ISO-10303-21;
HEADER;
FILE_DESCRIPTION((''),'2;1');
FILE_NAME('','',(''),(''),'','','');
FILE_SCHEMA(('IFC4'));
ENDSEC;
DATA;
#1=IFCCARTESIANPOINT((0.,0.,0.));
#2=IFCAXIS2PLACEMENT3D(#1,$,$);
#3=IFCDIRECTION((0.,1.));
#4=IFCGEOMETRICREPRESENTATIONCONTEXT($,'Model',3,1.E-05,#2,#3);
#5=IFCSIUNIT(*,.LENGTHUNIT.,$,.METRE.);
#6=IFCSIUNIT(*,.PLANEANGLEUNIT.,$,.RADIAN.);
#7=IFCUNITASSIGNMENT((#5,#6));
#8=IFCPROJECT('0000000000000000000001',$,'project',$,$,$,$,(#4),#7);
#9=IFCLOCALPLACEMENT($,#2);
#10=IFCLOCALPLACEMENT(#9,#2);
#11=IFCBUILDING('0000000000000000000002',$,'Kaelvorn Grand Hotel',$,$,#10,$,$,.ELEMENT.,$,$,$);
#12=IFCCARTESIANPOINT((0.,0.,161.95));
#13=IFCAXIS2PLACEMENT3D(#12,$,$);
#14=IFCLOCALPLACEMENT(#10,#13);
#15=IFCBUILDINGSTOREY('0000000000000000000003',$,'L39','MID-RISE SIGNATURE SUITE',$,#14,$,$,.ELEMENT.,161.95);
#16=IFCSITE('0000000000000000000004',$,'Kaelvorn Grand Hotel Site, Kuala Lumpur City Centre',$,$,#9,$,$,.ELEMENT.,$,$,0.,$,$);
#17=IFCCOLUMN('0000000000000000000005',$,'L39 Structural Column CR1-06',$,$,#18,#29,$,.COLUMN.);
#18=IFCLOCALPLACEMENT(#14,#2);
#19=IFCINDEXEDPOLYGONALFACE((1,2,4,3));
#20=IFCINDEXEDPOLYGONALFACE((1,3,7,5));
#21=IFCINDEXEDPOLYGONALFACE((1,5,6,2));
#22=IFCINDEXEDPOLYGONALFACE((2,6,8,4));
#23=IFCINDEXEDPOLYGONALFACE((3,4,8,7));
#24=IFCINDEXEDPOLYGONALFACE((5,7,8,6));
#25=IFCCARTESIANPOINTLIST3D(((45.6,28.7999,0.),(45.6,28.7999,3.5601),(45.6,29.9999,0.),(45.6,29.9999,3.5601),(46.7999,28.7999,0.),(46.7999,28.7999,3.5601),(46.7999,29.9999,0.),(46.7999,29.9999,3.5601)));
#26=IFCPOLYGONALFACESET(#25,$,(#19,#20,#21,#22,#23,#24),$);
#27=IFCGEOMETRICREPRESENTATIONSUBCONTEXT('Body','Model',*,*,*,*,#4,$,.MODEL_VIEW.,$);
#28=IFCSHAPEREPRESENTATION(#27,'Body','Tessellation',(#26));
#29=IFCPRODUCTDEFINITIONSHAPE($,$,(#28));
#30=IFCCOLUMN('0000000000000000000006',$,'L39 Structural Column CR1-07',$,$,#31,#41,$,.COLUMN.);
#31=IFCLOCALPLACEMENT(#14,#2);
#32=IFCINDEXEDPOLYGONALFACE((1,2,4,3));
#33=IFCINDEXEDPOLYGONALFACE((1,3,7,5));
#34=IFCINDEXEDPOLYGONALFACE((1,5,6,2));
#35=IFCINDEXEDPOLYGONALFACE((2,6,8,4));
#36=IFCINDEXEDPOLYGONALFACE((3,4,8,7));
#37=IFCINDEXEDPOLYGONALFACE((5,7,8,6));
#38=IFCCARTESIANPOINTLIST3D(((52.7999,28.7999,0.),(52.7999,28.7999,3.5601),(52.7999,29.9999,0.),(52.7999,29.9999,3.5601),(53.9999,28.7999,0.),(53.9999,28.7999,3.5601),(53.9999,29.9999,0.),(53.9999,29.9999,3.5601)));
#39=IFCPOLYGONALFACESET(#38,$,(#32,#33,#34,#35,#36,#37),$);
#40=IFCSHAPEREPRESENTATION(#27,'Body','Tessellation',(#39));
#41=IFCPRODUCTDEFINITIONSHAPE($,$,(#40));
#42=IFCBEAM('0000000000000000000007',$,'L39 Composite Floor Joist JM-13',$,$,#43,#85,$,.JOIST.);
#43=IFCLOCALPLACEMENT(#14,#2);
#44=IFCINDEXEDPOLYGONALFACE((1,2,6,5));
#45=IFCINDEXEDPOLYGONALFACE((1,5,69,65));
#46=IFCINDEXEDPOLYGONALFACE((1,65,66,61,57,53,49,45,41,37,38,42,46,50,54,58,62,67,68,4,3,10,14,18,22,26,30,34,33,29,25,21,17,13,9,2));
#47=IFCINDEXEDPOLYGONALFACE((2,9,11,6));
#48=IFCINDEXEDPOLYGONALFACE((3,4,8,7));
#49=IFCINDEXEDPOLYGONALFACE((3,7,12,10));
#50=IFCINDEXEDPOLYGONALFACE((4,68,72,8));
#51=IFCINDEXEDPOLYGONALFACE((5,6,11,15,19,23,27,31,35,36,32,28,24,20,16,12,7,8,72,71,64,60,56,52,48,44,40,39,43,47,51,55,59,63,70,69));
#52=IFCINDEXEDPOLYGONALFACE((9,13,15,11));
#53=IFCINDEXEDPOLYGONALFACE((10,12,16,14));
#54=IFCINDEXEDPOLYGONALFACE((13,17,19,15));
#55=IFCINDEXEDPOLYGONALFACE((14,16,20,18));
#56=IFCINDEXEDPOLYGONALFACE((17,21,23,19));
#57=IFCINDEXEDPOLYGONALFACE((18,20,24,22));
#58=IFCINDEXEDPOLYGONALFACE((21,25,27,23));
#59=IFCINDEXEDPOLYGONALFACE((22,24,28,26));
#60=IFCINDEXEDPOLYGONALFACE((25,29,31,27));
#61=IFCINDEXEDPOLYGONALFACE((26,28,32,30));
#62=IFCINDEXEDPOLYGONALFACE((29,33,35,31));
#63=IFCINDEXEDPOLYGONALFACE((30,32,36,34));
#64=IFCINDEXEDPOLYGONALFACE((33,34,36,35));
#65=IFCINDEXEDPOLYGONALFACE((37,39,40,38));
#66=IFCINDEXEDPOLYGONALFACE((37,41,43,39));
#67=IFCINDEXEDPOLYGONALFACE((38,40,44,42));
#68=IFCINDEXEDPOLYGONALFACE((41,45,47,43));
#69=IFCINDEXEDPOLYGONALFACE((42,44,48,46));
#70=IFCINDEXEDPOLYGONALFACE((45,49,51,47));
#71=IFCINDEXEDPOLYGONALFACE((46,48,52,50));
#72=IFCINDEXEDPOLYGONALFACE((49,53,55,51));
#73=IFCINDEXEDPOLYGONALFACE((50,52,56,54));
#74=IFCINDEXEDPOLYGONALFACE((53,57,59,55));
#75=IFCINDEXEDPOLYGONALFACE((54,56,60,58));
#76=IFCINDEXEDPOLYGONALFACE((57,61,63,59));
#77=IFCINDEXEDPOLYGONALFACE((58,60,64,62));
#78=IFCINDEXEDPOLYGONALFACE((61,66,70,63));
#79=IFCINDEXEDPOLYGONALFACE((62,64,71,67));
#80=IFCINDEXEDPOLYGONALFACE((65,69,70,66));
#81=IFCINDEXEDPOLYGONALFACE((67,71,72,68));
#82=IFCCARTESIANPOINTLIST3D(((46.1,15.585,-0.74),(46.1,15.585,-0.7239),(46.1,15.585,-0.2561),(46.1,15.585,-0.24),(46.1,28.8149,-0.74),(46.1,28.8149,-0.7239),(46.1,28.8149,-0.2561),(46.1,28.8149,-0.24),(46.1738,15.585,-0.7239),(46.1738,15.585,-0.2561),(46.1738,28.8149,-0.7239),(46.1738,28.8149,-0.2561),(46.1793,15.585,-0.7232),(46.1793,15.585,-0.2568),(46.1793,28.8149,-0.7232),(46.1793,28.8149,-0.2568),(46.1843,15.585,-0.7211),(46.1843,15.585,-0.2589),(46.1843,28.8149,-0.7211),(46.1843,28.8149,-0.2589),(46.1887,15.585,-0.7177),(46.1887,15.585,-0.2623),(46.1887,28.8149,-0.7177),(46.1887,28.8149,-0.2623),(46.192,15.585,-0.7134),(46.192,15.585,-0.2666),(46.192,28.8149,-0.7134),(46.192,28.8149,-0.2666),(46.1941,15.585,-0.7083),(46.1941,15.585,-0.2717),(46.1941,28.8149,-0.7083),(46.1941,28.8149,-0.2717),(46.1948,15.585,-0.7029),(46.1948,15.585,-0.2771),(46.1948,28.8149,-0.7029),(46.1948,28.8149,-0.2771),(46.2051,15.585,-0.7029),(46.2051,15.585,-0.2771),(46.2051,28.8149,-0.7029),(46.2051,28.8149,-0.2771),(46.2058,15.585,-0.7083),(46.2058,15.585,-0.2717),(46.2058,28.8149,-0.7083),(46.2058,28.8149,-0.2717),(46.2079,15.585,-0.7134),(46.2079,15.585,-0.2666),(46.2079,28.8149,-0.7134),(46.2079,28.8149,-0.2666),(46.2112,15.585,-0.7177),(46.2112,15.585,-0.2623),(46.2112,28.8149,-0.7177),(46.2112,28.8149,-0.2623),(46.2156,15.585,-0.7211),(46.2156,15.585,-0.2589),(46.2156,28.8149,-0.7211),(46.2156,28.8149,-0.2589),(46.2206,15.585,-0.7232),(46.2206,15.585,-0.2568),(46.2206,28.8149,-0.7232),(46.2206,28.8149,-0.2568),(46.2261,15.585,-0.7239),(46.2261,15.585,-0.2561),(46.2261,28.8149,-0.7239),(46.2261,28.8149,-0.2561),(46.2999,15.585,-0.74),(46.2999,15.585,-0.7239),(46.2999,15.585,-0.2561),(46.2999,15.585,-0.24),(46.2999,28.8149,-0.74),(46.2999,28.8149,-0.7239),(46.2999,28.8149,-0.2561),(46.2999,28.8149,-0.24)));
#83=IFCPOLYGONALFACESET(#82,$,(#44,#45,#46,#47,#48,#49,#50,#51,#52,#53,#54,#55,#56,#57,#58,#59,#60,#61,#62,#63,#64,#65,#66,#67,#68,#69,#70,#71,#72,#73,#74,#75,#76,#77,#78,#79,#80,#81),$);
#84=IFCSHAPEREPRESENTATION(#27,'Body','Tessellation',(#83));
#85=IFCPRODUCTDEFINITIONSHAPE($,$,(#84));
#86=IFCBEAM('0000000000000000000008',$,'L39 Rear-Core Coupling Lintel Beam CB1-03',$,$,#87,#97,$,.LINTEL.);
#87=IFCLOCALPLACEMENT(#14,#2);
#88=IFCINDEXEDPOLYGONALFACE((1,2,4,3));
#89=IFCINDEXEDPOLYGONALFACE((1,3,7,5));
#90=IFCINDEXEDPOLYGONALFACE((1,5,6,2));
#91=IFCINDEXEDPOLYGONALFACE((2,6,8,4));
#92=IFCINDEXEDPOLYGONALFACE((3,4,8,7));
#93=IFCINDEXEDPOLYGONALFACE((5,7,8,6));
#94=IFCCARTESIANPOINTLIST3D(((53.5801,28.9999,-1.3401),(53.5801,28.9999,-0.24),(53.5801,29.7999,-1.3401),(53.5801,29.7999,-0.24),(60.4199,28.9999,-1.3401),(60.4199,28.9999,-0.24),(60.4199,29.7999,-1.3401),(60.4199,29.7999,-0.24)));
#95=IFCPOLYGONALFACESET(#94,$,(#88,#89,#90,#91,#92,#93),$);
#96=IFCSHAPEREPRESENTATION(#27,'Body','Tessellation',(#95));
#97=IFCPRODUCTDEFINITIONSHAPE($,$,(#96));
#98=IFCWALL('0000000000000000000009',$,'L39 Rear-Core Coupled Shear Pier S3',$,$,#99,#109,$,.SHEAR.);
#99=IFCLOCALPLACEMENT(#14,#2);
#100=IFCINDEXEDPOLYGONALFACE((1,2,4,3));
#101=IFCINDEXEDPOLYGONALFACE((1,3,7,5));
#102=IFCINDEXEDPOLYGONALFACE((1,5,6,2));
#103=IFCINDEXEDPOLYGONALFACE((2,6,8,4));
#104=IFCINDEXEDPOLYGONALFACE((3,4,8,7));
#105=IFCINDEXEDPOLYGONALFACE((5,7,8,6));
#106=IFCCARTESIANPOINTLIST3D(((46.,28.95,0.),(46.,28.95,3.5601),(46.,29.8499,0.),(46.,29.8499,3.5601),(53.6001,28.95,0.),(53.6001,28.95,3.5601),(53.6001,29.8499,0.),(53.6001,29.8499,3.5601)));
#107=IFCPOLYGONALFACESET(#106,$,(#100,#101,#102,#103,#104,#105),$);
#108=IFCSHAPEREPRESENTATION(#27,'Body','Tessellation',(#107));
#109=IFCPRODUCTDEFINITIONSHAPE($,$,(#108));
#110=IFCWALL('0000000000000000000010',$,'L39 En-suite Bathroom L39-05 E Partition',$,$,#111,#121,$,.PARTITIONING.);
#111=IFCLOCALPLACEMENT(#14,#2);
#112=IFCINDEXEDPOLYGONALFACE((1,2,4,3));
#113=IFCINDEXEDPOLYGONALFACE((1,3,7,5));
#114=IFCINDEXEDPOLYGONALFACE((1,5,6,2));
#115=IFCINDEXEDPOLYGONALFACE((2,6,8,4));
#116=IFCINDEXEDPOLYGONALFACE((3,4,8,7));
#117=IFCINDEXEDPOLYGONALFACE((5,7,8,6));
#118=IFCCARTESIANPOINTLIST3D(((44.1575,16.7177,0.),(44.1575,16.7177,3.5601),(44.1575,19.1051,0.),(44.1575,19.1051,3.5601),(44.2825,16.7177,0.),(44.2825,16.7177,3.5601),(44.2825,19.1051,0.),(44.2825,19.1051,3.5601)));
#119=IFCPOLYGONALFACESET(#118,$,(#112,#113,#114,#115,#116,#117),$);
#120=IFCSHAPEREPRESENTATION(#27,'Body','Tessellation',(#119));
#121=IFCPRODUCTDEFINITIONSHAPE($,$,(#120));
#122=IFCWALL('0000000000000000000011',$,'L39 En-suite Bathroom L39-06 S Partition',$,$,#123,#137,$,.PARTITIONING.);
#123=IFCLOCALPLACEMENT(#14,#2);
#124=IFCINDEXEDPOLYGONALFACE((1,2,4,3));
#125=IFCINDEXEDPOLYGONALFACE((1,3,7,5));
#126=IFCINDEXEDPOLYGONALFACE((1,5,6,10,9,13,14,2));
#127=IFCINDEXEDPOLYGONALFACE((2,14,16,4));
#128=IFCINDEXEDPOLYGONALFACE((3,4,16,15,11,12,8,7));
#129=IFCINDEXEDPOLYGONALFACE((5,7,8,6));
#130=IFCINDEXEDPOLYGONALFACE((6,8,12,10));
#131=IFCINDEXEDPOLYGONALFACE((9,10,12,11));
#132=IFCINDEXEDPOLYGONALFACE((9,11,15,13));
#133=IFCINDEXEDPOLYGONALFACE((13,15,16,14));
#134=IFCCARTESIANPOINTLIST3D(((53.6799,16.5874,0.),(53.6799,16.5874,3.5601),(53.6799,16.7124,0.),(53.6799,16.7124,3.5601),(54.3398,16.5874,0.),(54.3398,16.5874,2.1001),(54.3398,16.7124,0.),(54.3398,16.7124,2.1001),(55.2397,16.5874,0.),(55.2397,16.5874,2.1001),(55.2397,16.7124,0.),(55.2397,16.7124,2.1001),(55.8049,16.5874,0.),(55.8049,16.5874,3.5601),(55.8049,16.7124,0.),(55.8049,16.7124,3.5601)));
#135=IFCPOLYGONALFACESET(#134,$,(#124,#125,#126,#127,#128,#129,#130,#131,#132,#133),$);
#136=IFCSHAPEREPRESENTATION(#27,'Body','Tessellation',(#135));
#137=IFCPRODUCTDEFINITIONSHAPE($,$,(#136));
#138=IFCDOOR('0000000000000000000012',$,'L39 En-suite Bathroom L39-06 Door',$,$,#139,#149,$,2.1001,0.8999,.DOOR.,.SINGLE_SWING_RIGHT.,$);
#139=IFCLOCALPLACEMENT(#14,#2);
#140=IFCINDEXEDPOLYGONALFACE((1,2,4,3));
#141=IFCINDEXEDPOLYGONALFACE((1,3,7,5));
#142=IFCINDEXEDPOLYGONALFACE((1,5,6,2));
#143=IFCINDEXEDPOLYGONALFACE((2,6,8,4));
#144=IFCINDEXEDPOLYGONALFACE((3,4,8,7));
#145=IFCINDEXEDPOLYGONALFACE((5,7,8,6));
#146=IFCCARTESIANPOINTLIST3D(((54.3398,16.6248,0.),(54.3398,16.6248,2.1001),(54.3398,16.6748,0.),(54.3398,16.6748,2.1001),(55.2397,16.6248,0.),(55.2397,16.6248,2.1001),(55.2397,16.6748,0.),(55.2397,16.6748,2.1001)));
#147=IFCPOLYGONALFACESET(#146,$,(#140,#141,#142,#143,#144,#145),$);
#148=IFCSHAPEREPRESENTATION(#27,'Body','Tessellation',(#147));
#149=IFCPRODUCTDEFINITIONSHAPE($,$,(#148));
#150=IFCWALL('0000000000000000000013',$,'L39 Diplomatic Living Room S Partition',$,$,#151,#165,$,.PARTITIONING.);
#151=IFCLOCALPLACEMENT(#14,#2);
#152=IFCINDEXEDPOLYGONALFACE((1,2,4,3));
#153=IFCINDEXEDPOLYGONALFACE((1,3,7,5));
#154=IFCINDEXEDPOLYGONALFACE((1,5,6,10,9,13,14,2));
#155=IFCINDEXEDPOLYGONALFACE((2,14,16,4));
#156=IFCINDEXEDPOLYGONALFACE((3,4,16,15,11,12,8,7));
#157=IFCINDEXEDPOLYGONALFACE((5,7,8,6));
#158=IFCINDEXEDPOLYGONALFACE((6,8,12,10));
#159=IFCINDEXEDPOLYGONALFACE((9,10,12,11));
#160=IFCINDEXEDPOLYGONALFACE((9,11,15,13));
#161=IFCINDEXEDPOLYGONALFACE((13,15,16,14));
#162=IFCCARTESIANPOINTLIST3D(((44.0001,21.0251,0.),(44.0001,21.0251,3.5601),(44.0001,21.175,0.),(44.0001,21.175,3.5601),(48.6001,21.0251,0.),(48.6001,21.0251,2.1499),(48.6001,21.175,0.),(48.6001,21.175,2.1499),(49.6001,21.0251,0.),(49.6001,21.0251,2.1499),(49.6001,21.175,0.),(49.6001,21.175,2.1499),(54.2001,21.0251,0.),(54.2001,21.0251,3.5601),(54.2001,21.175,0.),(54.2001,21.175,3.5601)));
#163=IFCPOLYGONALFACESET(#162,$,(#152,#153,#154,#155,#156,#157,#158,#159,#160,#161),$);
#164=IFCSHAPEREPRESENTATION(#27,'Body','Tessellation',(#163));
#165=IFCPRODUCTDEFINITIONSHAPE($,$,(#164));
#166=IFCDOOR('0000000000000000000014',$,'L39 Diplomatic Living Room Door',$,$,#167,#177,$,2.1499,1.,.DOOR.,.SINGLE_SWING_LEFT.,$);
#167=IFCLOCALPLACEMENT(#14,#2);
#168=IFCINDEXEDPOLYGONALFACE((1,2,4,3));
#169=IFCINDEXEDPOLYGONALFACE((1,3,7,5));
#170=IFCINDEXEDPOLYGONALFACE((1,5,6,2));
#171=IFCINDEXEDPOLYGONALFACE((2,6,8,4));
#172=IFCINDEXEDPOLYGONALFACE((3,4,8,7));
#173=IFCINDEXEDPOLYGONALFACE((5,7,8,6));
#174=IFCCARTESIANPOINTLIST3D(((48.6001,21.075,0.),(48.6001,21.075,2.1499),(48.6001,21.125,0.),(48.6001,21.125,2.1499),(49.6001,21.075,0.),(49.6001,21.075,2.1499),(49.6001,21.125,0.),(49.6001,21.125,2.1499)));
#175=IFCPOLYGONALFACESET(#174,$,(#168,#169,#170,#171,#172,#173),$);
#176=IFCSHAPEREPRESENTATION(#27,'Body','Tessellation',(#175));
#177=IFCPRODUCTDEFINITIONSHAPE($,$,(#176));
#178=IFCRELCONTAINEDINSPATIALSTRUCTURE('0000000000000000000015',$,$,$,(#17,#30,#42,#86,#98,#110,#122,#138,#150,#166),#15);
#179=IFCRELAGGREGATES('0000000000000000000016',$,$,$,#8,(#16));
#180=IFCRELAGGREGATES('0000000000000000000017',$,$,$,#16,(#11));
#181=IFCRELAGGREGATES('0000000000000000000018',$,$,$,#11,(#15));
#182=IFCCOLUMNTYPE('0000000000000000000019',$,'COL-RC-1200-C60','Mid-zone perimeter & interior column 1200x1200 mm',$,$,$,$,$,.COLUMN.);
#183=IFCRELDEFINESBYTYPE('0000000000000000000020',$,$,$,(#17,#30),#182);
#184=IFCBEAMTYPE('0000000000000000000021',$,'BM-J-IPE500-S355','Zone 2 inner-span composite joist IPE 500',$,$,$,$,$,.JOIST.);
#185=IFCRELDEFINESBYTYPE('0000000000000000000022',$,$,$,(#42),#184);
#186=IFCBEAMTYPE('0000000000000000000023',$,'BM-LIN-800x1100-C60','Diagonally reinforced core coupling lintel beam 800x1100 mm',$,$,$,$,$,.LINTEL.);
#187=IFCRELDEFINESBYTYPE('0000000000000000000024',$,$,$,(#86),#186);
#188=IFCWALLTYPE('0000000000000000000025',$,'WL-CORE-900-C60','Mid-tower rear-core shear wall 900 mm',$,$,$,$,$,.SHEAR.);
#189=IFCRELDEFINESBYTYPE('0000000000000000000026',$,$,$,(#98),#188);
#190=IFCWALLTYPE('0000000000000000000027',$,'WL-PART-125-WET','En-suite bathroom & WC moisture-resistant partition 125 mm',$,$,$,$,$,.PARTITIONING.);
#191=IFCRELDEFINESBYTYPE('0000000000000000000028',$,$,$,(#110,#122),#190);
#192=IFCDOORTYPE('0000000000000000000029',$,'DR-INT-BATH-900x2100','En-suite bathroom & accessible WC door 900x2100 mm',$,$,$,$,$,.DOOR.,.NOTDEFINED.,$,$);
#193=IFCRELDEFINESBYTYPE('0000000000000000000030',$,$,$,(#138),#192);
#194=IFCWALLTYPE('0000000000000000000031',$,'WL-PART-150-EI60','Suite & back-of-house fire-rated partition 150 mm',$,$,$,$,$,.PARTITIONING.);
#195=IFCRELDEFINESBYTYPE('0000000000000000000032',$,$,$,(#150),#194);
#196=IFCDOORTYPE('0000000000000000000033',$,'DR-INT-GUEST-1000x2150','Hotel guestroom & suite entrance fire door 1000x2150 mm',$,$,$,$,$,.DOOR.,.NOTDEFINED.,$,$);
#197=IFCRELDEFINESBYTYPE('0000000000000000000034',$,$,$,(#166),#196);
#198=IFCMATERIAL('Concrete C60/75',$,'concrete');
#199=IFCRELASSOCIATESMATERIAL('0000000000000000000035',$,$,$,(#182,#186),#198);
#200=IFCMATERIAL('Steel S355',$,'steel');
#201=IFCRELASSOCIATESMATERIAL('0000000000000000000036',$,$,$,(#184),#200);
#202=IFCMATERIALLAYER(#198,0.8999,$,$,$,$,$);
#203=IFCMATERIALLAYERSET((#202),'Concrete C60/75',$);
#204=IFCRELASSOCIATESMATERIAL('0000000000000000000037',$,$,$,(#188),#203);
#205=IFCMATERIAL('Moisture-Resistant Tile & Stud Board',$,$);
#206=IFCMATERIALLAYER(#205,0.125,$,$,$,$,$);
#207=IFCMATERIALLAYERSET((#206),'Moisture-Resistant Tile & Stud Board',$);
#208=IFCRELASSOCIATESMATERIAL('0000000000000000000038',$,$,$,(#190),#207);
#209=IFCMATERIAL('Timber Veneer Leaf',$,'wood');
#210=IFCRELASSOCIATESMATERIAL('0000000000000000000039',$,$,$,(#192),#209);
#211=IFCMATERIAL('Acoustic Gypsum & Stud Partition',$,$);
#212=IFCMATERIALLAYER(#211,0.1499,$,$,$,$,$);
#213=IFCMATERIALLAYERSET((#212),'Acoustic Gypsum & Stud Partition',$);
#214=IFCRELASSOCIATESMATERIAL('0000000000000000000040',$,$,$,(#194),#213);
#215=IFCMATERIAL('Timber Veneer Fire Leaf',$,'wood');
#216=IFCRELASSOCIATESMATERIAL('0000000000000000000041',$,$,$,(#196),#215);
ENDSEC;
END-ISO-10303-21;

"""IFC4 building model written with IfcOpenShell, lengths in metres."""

from ifc_helpers import new_model, si_unit, direction, frame, frame_2d, origin, origin_2d, place, context, subcontext, project, spatial, rectangle, i_section, extrude, material, layer, layer_set, material_profile, profile_set, type_object, element, fill, save


model = new_model("IFC4")

# Units and contexts
model_context = context("Model", 3, precision=1e-05, world=origin(), true_north=direction((0.0, 1.0)))
body_context = subcontext(model_context, "Body", "Model", "MODEL_VIEW")
ifc_project = project(units=[si_unit("LENGTHUNIT", "METRE"), si_unit("PLANEANGLEUNIT", "RADIAN")], contexts=[model_context])

# Site, building, storey
site_placement = place(None, origin())
site = spatial("IfcSite", under=ifc_project, at=site_placement, Name="Kaelvorn Grand Hotel Site, Kuala Lumpur City Centre", CompositionType="ELEMENT", RefElevation=0.0)
building_placement = place(site_placement, origin())
building = spatial("IfcBuilding", under=site, at=building_placement, Name="Kaelvorn Grand Hotel", CompositionType="ELEMENT")
storey_placement = place(building_placement, frame((0.0, 0.0, 161.95)))
storey = spatial("IfcBuildingStorey", under=building, at=storey_placement, Name="L39", Description="MID-RISE SIGNATURE SUITE", CompositionType="ELEMENT", Elevation=161.95)

# Columns
ifc_material_1 = material(Name="Concrete C60/75", Category="concrete")
ifc_material_profile_1 = material_profile(ifc_material_1, rectangle(XDim=1.2, YDim=1.2, at=origin_2d()), Name="RC COL 1200x1200")
ifc_profile_set_1 = profile_set([ifc_material_profile_1], Name="Concrete C60/75")
column_type = type_object("IfcColumnType", Name="COL-RC-1200-C60", Description="Mid-zone perimeter & interior column 1200x1200 mm", PredefinedType="COLUMN", material=ifc_profile_set_1)
for number, where, z_axis, x_axis, name in (
    (1, (46.2, 29.3999, 0.0), (0.0, 0.0, 1.0), (1.0, 0.0, 0.0), "L39 Structural Column CR1-06"),
    (2, (53.3999, 29.3999, 0.0), (0.0, 0.0, 1.0), (1.0, 0.0, 0.0), "L39 Structural Column CR1-07"),
):
    element("IfcColumn", number, at=place(storey_placement, frame(where, z_axis=z_axis, x_axis=x_axis)), inside=storey, type_object=column_type, Name=name, PredefinedType="COLUMN", context=body_context, shape_type="SweptSolid", body=[
        extrude(rectangle(XDim=1.2, YDim=1.2, at=origin_2d()), origin(), (0.0, 0.0, 1.0), 3.5601),
    ])

# Beams
ifc_material_2 = material(Name="Steel S355", Category="steel")
ifc_material_profile_2 = material_profile(ifc_material_2, i_section(OverallWidth=0.2, OverallDepth=0.5, WebThickness=0.0103, FlangeThickness=0.0161, FilletRadius=0.021, at=origin_2d()), Name="IPE 500")
ifc_profile_set_2 = profile_set([ifc_material_profile_2], Name="Steel S355")
beam_type_1 = type_object("IfcBeamType", Name="BM-J-IPE500-S355", Description="Zone 2 inner-span composite joist IPE 500", PredefinedType="JOIST", material=ifc_profile_set_2)
beam_1_placement = place(storey_placement, frame((46.2, 15.585, -0.49), z_axis=(0.0, 1.0, 0.0), x_axis=(-1.0, 0.0, 0.0)))
element("IfcBeam", 3, at=beam_1_placement, inside=storey, type_object=beam_type_1, Name="L39 Composite Floor Joist JM-13", PredefinedType="JOIST", context=body_context, shape_type="SweptSolid", body=[
    extrude(i_section(OverallWidth=0.2, OverallDepth=0.5, WebThickness=0.0103, FlangeThickness=0.0161, FilletRadius=0.021, at=origin_2d()), origin(), (0.0, 0.0, 1.0), 13.23),
])
ifc_material_profile_3 = material_profile(ifc_material_1, rectangle(XDim=0.8, YDim=1.1001, at=origin_2d()), Name="RC LINTEL 800x1100")
ifc_profile_set_3 = profile_set([ifc_material_profile_3], Name="Concrete C60/75")
beam_type_2 = type_object("IfcBeamType", Name="BM-LIN-800x1100-C60", Description="Diagonally reinforced core coupling lintel beam 800x1100 mm", PredefinedType="LINTEL", material=ifc_profile_set_3)
beam_2_placement = place(storey_placement, frame((53.5801, 29.3999, -0.79), z_axis=(1.0, 0.0, 0.0), x_axis=(0.0, 1.0, 0.0)))
element("IfcBeam", 4, at=beam_2_placement, inside=storey, type_object=beam_type_2, Name="L39 Rear-Core Coupling Lintel Beam CB1-03", PredefinedType="LINTEL", context=body_context, shape_type="SweptSolid", body=[
    extrude(rectangle(XDim=0.8, YDim=1.1001, at=origin_2d()), origin(), (0.0, 0.0, 1.0), 6.8398),
])

# Walls
ifc_layer_1 = layer(ifc_material_1, 0.8999)
ifc_layer_set_1 = layer_set([ifc_layer_1], Name="Concrete C60/75")
wall_type_1 = type_object("IfcWallType", Name="WL-CORE-900-C60", Description="Mid-tower rear-core shear wall 900 mm", PredefinedType="SHEAR", material=ifc_layer_set_1)
wall_1_placement = place(storey_placement, frame((46.0, 29.3999, 0.0), z_axis=(0.0, 0.0, 1.0), x_axis=(1.0, 0.0, 0.0)))
element("IfcWall", 5, at=wall_1_placement, inside=storey, type_object=wall_type_1, Name="L39 Rear-Core Coupled Shear Pier S3", PredefinedType="SHEAR", context=body_context, shape_type="SweptSolid", body=[
    extrude(rectangle(XDim=7.6001, YDim=0.8999, at=frame_2d((3.8, 0.0))), origin(), (0.0, 0.0, 1.0), 3.5601),
])
ifc_material_3 = material(Name="Moisture-Resistant Tile & Stud Board")
ifc_layer_2 = layer(ifc_material_3, 0.125)
ifc_layer_set_2 = layer_set([ifc_layer_2], Name="Moisture-Resistant Tile & Stud Board")
wall_type_2 = type_object("IfcWallType", Name="WL-PART-125-WET", Description="En-suite bathroom & WC moisture-resistant partition 125 mm", PredefinedType="PARTITIONING", material=ifc_layer_set_2)
wall_2_placement = place(storey_placement, frame((44.22, 16.7175, 0.0), z_axis=(0.0, 0.0, 1.0), x_axis=(0.0, 1.0, 0.0)))
element("IfcWall", 6, at=wall_2_placement, inside=storey, type_object=wall_type_2, Name="L39 En-suite Bathroom L39-05 E Partition", PredefinedType="PARTITIONING", context=body_context, shape_type="SweptSolid", body=[
    extrude(rectangle(XDim=2.3875, YDim=0.125, at=frame_2d((1.1938, 0.0))), origin(), (0.0, 0.0, 1.0), 3.5601),
])

# Walls, openings, doors
wall_3_placement = place(storey_placement, frame((53.6799, 16.6499, 0.0), z_axis=(0.0, 0.0, 1.0), x_axis=(1.0, 0.0, 0.0)))
wall_3 = element("IfcWall", 7, at=wall_3_placement, inside=storey, type_object=wall_type_2, Name="L39 En-suite Bathroom L39-06 S Partition", PredefinedType="PARTITIONING", context=body_context, shape_type="SweptSolid", body=[
    extrude(rectangle(XDim=2.125, YDim=0.125, at=frame_2d((1.0625, 0.0))), origin(), (0.0, 0.0, 1.0), 3.5601),
])
opening_1_placement = place(wall_3_placement, frame((0.6599, 0.0, 0.0)))
opening_1 = element("IfcOpeningElement", 8, at=opening_1_placement, cuts=wall_3, PredefinedType="OPENING", context=body_context, shape_type="SweptSolid", body=[
    extrude(rectangle(XDim=0.8999, YDim=2.1001, at=frame_2d((0.45, 1.05))), frame((0.0, 0.0725, 0.0), z_axis=(0.0, -1.0, 0.0), x_axis=(1.0, 0.0, 0.0)), (0.0, 0.0, 1.0), 0.145),
])
ifc_material_4 = material(Name="Timber Veneer Leaf", Category="wood")
door_type_1 = type_object("IfcDoorType", Name="DR-INT-BATH-900x2100", Description="En-suite bathroom & accessible WC door 900x2100 mm", OperationType="NOTDEFINED", PredefinedType="DOOR", material=ifc_material_4)
door_1_placement = place(opening_1_placement, origin())
door_1 = element("IfcDoor", 9, at=door_1_placement, inside=storey, type_object=door_type_1, Name="L39 En-suite Bathroom L39-06 Door", OperationType="SINGLE_SWING_RIGHT", OverallHeight=2.1001, OverallWidth=0.8999, PredefinedType="DOOR", context=body_context, shape_type="SweptSolid", body=[
    extrude(rectangle(XDim=0.8999, YDim=2.1001, at=frame_2d((0.45, 1.05))), frame((0.0, 0.0249, 0.0), z_axis=(0.0, -1.0, 0.0), x_axis=(1.0, 0.0, 0.0)), (0.0, 0.0, 1.0), 0.05),
])
fill(opening_1, door_1)
ifc_material_5 = material(Name="Acoustic Gypsum & Stud Partition")
ifc_layer_3 = layer(ifc_material_5, 0.1499)
ifc_layer_set_3 = layer_set([ifc_layer_3], Name="Acoustic Gypsum & Stud Partition")
wall_type_3 = type_object("IfcWallType", Name="WL-PART-150-EI60", Description="Suite & back-of-house fire-rated partition 150 mm", PredefinedType="PARTITIONING", material=ifc_layer_set_3)
wall_4_placement = place(storey_placement, frame((44.0, 21.1001, 0.0), z_axis=(0.0, 0.0, 1.0), x_axis=(1.0, 0.0, 0.0)))
wall_4 = element("IfcWall", 10, at=wall_4_placement, inside=storey, type_object=wall_type_3, Name="L39 Diplomatic Living Room S Partition", PredefinedType="PARTITIONING", context=body_context, shape_type="SweptSolid", body=[
    extrude(rectangle(XDim=10.2, YDim=0.1499, at=frame_2d((5.1001, 0.0))), origin(), (0.0, 0.0, 1.0), 3.5601),
])
opening_2_placement = place(wall_4_placement, frame((4.6001, 0.0, 0.0)))
opening_2 = element("IfcOpeningElement", 11, at=opening_2_placement, cuts=wall_4, PredefinedType="OPENING", context=body_context, shape_type="SweptSolid", body=[
    extrude(rectangle(XDim=1.0, YDim=2.1499, at=frame_2d((0.5, 1.075))), frame((0.0, 0.085, 0.0), z_axis=(0.0, -1.0, 0.0), x_axis=(1.0, 0.0, 0.0)), (0.0, 0.0, 1.0), 0.1699),
])
ifc_material_6 = material(Name="Timber Veneer Fire Leaf", Category="wood")
door_type_2 = type_object("IfcDoorType", Name="DR-INT-GUEST-1000x2150", Description="Hotel guestroom & suite entrance fire door 1000x2150 mm", OperationType="NOTDEFINED", PredefinedType="DOOR", material=ifc_material_6)
door_2_placement = place(opening_2_placement, origin())
door_2 = element("IfcDoor", 12, at=door_2_placement, inside=storey, type_object=door_type_2, Name="L39 Diplomatic Living Room Door", OperationType="SINGLE_SWING_LEFT", OverallHeight=2.1499, OverallWidth=1.0, PredefinedType="DOOR", context=body_context, shape_type="SweptSolid", body=[
    extrude(rectangle(XDim=1.0, YDim=2.1499, at=frame_2d((0.5, 1.075))), frame((0.0, 0.0249, 0.0), z_axis=(0.0, -1.0, 0.0), x_axis=(1.0, 0.0, 0.0)), (0.0, 0.0, 1.0), 0.05),
])
fill(opening_2, door_2)

save(model, "model.ifc")
